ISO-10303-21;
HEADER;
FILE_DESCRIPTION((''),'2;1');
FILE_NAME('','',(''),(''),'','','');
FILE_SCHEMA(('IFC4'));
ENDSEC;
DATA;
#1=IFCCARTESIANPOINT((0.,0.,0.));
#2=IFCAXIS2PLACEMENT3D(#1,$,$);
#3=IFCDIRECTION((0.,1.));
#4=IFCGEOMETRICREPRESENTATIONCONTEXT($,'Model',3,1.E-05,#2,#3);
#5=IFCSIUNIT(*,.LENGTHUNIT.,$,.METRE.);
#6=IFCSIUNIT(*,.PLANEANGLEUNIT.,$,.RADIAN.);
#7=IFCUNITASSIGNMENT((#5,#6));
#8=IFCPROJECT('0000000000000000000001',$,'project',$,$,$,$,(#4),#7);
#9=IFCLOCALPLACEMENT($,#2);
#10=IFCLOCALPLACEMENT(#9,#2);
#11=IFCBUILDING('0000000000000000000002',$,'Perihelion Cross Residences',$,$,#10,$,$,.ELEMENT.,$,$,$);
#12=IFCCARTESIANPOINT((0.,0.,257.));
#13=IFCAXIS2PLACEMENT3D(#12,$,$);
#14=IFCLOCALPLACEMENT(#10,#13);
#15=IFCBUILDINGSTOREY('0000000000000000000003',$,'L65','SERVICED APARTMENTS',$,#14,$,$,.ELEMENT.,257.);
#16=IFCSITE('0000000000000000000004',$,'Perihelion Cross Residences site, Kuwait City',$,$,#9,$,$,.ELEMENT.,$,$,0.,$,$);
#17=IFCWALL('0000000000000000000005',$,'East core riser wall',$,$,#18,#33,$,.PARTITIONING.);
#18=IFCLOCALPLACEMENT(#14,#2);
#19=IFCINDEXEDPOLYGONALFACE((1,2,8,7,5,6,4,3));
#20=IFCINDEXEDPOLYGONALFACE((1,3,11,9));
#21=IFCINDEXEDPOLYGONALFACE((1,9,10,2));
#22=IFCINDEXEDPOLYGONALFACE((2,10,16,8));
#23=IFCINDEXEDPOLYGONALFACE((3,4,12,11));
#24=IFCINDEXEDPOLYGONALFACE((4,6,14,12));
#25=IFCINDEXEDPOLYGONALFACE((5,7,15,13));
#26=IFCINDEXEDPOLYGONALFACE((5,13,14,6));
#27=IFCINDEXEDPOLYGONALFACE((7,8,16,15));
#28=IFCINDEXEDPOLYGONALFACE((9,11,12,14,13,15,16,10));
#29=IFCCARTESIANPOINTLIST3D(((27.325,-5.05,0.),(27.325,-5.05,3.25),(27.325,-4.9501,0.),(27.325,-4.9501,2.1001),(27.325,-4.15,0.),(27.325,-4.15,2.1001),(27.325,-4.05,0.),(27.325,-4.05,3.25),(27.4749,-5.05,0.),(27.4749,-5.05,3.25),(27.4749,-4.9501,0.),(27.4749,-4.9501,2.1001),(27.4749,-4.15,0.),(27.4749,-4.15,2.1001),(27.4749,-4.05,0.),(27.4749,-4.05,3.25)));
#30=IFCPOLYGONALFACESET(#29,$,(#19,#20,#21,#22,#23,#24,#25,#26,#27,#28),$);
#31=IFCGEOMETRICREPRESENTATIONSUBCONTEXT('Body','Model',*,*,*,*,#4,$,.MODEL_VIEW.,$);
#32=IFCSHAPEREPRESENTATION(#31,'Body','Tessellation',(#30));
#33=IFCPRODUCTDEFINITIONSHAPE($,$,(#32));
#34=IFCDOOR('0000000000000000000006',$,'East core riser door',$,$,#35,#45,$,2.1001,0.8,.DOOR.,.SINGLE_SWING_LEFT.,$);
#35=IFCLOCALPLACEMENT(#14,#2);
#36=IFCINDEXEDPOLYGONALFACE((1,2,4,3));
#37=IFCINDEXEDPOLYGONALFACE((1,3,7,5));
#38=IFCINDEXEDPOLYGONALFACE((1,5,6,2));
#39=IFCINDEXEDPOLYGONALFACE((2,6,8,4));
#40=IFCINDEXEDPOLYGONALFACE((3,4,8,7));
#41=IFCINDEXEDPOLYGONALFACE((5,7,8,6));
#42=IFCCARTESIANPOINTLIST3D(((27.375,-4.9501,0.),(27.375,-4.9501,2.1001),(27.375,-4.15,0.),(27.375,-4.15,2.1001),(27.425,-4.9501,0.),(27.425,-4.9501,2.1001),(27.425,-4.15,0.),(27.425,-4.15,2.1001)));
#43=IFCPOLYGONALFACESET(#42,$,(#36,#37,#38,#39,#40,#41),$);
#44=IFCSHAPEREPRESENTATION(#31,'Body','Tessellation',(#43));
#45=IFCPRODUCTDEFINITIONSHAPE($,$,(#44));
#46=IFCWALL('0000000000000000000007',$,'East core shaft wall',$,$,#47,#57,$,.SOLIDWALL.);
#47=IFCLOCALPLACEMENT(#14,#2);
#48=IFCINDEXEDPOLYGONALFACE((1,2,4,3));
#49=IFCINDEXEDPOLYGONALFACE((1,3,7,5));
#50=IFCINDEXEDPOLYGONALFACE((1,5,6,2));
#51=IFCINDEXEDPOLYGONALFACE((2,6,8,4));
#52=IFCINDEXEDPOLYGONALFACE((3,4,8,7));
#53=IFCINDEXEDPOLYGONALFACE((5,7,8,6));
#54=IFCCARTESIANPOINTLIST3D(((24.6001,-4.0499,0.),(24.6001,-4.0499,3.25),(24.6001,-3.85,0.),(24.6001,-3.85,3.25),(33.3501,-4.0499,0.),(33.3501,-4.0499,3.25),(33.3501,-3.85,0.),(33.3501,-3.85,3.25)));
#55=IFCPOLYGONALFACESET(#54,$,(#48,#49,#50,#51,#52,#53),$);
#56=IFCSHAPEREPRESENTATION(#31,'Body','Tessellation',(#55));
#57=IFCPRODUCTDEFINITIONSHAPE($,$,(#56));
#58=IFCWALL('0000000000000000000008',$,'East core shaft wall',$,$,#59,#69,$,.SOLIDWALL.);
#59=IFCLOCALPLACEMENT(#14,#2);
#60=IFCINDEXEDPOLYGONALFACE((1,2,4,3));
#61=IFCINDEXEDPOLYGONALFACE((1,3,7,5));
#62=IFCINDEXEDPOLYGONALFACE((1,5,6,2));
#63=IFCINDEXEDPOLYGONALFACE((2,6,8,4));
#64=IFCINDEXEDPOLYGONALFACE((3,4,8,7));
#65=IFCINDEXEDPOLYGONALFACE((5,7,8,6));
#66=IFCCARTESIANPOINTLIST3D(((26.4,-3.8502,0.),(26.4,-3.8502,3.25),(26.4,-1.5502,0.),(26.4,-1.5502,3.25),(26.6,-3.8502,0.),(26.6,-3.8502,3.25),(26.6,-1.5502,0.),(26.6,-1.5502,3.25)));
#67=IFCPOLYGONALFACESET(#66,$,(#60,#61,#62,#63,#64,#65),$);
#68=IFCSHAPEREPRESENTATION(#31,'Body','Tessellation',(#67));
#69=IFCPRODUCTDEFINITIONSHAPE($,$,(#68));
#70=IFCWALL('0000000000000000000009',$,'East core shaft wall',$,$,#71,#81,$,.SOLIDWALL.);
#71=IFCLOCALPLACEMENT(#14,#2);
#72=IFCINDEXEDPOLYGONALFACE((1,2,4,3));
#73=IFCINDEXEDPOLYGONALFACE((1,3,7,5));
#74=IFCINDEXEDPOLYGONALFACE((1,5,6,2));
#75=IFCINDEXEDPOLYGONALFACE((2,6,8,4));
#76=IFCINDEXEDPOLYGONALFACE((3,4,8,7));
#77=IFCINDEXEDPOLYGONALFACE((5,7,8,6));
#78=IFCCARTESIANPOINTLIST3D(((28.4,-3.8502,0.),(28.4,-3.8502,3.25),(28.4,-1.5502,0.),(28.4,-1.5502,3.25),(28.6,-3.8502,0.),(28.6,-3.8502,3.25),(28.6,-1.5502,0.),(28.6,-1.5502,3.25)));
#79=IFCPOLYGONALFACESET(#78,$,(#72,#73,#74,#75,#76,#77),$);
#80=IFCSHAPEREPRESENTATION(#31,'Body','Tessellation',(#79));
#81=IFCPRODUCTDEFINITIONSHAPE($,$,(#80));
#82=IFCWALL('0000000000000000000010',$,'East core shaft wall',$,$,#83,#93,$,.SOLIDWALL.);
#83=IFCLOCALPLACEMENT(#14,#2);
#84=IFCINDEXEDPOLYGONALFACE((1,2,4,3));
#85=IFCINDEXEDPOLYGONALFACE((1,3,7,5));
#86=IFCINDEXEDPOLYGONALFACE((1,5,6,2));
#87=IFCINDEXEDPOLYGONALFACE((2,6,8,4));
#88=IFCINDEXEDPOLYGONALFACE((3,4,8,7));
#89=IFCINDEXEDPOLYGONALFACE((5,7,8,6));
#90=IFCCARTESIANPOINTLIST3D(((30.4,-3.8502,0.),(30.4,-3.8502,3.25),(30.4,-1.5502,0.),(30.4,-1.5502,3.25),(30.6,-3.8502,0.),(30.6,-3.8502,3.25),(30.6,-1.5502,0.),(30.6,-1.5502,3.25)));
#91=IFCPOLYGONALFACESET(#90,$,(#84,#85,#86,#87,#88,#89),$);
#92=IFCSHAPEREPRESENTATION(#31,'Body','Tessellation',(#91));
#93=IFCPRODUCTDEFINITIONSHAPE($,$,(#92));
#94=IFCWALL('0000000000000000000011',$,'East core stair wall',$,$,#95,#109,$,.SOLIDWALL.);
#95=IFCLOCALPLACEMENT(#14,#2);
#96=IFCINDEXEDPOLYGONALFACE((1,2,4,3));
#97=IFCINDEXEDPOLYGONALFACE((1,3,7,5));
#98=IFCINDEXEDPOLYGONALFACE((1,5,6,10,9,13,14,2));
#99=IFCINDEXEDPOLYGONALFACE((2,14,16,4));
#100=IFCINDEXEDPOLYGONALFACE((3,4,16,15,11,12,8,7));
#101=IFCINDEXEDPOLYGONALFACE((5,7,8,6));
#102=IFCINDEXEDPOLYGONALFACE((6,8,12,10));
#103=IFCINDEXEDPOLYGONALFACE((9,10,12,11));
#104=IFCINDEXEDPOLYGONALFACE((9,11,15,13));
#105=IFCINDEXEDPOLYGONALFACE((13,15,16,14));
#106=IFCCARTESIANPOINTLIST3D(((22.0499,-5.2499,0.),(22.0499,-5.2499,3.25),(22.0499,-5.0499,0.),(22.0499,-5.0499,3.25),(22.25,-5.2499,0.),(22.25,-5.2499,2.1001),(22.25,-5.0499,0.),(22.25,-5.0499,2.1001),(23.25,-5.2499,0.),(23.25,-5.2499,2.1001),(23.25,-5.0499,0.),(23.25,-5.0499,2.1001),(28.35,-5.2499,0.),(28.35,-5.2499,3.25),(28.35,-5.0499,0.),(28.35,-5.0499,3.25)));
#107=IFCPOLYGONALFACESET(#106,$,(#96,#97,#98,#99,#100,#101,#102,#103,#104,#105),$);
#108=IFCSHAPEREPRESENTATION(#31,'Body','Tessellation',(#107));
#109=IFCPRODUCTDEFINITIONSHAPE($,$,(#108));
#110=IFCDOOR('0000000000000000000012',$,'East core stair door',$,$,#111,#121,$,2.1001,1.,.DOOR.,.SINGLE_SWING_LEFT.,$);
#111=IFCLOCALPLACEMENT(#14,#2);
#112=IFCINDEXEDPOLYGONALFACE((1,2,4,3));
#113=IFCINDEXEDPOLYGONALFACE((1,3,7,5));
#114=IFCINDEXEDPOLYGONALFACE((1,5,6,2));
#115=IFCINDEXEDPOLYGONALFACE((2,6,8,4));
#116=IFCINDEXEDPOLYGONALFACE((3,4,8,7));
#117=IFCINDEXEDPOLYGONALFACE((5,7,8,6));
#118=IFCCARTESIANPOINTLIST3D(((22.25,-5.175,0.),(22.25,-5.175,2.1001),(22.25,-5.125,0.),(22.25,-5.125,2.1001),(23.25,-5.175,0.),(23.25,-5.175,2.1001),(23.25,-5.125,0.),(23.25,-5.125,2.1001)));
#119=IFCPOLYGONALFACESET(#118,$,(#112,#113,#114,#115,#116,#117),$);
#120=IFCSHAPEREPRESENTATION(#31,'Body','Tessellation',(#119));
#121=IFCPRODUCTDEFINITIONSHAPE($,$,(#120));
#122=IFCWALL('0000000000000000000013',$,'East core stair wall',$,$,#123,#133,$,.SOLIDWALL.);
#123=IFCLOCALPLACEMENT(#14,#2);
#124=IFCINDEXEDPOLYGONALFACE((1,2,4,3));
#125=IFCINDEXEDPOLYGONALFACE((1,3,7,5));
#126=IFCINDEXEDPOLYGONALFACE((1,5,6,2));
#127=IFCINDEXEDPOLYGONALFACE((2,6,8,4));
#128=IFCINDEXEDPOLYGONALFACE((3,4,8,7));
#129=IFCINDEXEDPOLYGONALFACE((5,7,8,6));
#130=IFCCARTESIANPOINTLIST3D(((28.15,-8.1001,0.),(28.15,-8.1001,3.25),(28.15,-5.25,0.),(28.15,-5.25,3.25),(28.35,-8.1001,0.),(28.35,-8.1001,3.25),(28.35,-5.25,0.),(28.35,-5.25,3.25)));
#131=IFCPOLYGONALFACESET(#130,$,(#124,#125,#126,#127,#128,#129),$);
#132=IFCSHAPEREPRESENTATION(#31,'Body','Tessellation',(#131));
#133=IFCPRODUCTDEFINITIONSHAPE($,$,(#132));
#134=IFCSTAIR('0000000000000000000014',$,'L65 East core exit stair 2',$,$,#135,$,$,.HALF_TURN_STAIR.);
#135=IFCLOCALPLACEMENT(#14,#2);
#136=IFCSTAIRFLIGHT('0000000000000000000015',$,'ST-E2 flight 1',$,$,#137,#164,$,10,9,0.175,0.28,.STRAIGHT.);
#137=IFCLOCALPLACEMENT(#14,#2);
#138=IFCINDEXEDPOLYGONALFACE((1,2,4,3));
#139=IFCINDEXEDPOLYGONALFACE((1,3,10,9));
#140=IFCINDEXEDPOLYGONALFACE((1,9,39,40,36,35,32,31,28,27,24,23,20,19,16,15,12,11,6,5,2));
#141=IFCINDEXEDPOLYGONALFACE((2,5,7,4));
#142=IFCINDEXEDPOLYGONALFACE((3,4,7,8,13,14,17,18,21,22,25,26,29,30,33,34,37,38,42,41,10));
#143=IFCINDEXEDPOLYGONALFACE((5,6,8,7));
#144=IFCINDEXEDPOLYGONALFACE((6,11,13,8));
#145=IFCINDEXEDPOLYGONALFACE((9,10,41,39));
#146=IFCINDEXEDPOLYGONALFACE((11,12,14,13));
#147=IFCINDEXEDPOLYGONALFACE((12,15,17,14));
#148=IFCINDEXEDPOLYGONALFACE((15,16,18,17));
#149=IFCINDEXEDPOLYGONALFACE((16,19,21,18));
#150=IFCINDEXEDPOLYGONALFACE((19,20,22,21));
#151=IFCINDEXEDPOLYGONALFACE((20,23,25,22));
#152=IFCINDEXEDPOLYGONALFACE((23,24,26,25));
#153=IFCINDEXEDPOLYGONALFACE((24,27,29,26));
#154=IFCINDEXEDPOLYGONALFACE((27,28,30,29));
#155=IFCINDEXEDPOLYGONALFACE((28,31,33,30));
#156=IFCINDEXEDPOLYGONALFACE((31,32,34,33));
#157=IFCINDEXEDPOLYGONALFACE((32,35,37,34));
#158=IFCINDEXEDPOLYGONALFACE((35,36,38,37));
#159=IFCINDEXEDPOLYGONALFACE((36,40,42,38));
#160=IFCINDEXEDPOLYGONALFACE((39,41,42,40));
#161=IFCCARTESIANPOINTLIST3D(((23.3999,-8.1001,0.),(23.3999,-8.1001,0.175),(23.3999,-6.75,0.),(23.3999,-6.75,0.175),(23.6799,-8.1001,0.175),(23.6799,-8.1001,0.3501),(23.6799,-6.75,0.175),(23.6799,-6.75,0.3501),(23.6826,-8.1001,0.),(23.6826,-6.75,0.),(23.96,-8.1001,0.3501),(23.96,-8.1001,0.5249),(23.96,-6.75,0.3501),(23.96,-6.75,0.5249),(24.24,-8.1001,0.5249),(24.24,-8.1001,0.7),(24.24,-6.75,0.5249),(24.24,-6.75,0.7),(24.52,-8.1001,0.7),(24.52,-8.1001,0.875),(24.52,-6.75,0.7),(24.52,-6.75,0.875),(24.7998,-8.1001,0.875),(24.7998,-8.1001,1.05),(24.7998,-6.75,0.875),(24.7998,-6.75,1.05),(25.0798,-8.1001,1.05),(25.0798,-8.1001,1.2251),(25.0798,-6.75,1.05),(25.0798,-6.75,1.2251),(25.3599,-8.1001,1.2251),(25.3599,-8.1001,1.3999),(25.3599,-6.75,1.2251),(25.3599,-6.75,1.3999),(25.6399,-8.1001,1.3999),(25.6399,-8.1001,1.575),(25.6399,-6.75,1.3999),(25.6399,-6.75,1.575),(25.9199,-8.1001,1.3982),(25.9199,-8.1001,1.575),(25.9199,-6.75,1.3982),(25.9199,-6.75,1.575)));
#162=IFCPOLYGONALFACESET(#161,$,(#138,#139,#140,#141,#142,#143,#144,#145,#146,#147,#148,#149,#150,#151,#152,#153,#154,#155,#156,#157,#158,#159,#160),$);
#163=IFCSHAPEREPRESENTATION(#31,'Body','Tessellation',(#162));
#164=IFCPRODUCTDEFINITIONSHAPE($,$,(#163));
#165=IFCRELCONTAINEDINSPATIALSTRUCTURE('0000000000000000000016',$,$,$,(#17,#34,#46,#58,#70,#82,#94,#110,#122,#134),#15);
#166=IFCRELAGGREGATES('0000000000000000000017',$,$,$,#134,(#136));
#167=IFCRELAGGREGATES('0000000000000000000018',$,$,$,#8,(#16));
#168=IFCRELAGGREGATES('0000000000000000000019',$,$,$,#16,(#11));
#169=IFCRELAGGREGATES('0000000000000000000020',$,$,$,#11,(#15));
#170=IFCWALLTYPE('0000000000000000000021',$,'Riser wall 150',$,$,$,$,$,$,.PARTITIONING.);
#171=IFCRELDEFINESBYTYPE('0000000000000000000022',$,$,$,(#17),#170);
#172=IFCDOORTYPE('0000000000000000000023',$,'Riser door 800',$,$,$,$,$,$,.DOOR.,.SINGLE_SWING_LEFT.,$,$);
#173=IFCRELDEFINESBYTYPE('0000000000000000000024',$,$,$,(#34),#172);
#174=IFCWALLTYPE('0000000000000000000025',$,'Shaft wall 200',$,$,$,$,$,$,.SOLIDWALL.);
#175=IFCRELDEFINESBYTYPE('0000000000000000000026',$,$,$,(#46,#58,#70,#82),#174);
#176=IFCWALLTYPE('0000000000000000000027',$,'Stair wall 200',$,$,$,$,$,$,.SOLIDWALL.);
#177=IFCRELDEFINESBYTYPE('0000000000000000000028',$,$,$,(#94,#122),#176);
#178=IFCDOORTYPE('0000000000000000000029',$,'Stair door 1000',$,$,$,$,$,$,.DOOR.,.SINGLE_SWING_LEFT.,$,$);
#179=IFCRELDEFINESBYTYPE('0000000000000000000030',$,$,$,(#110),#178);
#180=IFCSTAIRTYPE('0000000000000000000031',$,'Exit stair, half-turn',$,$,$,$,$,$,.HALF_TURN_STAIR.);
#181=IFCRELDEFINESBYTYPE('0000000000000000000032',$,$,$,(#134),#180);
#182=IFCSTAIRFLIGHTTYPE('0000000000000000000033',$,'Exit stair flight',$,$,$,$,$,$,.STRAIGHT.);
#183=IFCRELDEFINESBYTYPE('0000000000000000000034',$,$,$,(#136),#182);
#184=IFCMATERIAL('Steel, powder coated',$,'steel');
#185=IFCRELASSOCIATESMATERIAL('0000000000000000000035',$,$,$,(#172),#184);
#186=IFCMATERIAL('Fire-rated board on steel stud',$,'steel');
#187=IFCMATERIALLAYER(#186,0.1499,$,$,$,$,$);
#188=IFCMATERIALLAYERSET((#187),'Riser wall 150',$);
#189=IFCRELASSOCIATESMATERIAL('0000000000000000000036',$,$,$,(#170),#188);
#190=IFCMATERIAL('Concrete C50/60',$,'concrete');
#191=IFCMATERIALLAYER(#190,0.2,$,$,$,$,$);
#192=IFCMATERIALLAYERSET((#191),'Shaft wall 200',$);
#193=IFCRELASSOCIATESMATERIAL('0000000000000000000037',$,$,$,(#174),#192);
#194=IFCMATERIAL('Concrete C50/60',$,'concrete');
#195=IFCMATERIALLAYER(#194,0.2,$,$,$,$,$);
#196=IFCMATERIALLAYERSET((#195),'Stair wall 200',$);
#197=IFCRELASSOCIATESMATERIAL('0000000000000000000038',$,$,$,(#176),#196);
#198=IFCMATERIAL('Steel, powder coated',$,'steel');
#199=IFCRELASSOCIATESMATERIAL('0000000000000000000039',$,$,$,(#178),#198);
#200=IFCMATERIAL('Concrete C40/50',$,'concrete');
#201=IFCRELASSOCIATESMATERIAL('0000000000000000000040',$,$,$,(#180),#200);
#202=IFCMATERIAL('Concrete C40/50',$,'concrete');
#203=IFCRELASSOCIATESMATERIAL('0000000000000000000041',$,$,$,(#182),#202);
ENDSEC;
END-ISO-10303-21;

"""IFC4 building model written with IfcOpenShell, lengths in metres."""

from ifc_helpers import new_model, si_unit, direction, frame, frame_2d, origin, place, context, subcontext, project, spatial, polyline, rectangle, outline, extrude, material, layer, layer_set, type_object, element, fill, aggregate, save


model = new_model("IFC4")

# Units and contexts
model_context = context("Model", 3, precision=1e-05, world=origin(), true_north=direction((0.0, 1.0)))
body_context = subcontext(model_context, "Body", "Model", "MODEL_VIEW")
ifc_project = project(units=[si_unit("LENGTHUNIT", "METRE"), si_unit("PLANEANGLEUNIT", "RADIAN")], contexts=[model_context])

# Site, building, storey
site_placement = place(None, origin())
site = spatial("IfcSite", under=ifc_project, at=site_placement, Name="Perihelion Cross Residences site, Kuwait City", CompositionType="ELEMENT", RefElevation=0.0)
building_placement = place(site_placement, origin())
building = spatial("IfcBuilding", under=site, at=building_placement, Name="Perihelion Cross Residences", CompositionType="ELEMENT")
storey_placement = place(building_placement, frame((0.0, 0.0, 257.0)))
storey = spatial("IfcBuildingStorey", under=building, at=storey_placement, Name="L65", Description="SERVICED APARTMENTS", CompositionType="ELEMENT", Elevation=257.0)

# Shared definitions
ifc_material_1 = material(Name="Steel, powder coated", Category="steel")
door_type_1 = type_object("IfcDoorType", Name="Riser door 800", OperationType="SINGLE_SWING_LEFT", PredefinedType="DOOR", material=ifc_material_1)

# Wall, opening, door
ifc_material_2 = material(Name="Fire-rated board on steel stud", Category="steel")
ifc_layer_1 = layer(ifc_material_2, 0.1499)
ifc_layer_set_1 = layer_set([ifc_layer_1], Name="Riser wall 150")
wall_type_1 = type_object("IfcWallType", Name="Riser wall 150", PredefinedType="PARTITIONING", material=ifc_layer_set_1)
wall_1_placement = place(storey_placement, frame((27.3999, -5.05, 0.0), z_axis=(0.0, 0.0, 1.0), x_axis=(0.0, 1.0, 0.0)))
wall_1 = element("IfcWall", 1, at=wall_1_placement, inside=storey, type_object=wall_type_1, Name="East core riser wall", PredefinedType="PARTITIONING", context=body_context, shape_type="SweptSolid", body=[
    extrude(rectangle(XDim=1.0, YDim=0.1499, at=frame_2d((0.5, 0.0))), origin(), (0.0, 0.0, 1.0), 3.25),
])
opening_1_placement = place(wall_1_placement, frame((0.1001, 0.0, 0.0)))
opening_1 = element("IfcOpeningElement", 2, at=opening_1_placement, cuts=wall_1, PredefinedType="OPENING", context=body_context, shape_type="SweptSolid", body=[
    extrude(rectangle(XDim=0.8, YDim=2.1001, at=frame_2d((0.3999, 1.05))), frame((0.0, 0.085, 0.0), z_axis=(0.0, -1.0, 0.0), x_axis=(1.0, 0.0, 0.0)), (0.0, 0.0, 1.0), 0.1699),
])
door_1_placement = place(opening_1_placement, origin())
door_1 = element("IfcDoor", 3, at=door_1_placement, inside=storey, type_object=door_type_1, Name="East core riser door", OperationType="SINGLE_SWING_LEFT", OverallHeight=2.1001, OverallWidth=0.8, PredefinedType="DOOR", context=body_context, shape_type="SweptSolid", body=[
    extrude(rectangle(XDim=0.8, YDim=2.1001, at=frame_2d((0.3999, 1.05))), frame((0.0, 0.0249, 0.0), z_axis=(0.0, -1.0, 0.0), x_axis=(1.0, 0.0, 0.0)), (0.0, 0.0, 1.0), 0.05),
])
fill(opening_1, door_1)

# Walls
ifc_material_3 = material(Name="Concrete C50/60", Category="concrete")
ifc_layer_2 = layer(ifc_material_3, 0.2)
ifc_layer_set_2 = layer_set([ifc_layer_2], Name="Shaft wall 200")
wall_type_2 = type_object("IfcWallType", Name="Shaft wall 200", PredefinedType="SOLIDWALL", material=ifc_layer_set_2)
wall_2_placement = place(storey_placement, frame((24.6001, -3.95, 0.0), z_axis=(0.0, 0.0, 1.0), x_axis=(1.0, 0.0, 0.0)))
element("IfcWall", 4, at=wall_2_placement, inside=storey, type_object=wall_type_2, Name="East core shaft wall", PredefinedType="SOLIDWALL", context=body_context, shape_type="SweptSolid", body=[
    extrude(rectangle(XDim=8.75, YDim=0.2, at=frame_2d((4.375, 0.0))), origin(), (0.0, 0.0, 1.0), 3.25),
])
for number, where, z_axis, x_axis, name in (
    (5, (26.5, -3.8501, 0.0), (0.0, 0.0, 1.0), (0.0, 1.0, 0.0), "East core shaft wall"),
    (6, (28.5, -3.8501, 0.0), (0.0, 0.0, 1.0), (0.0, 1.0, 0.0), "East core shaft wall"),
    (7, (30.5, -3.8501, 0.0), (0.0, 0.0, 1.0), (0.0, 1.0, 0.0), "East core shaft wall"),
):
    element("IfcWall", number, at=place(storey_placement, frame(where, z_axis=z_axis, x_axis=x_axis)), inside=storey, type_object=wall_type_2, Name=name, PredefinedType="SOLIDWALL", context=body_context, shape_type="SweptSolid", body=[
        extrude(rectangle(XDim=2.3, YDim=0.2, at=frame_2d((1.1499, 0.0))), origin(), (0.0, 0.0, 1.0), 3.25),
    ])

# Wall, opening, door
ifc_material_4 = material(Name="Concrete C50/60", Category="concrete")
ifc_layer_3 = layer(ifc_material_4, 0.2)
ifc_layer_set_3 = layer_set([ifc_layer_3], Name="Stair wall 200")
wall_type_3 = type_object("IfcWallType", Name="Stair wall 200", PredefinedType="SOLIDWALL", material=ifc_layer_set_3)
wall_3_placement = place(storey_placement, frame((22.05, -5.1499, 0.0), z_axis=(0.0, 0.0, 1.0), x_axis=(1.0, 0.0, 0.0)))
wall_3 = element("IfcWall", 8, at=wall_3_placement, inside=storey, type_object=wall_type_3, Name="East core stair wall", PredefinedType="SOLIDWALL", context=body_context, shape_type="SweptSolid", body=[
    extrude(rectangle(XDim=6.3, YDim=0.2, at=frame_2d((3.1499, 0.0))), origin(), (0.0, 0.0, 1.0), 3.25),
])
opening_2_placement = place(wall_3_placement, frame((0.2, 0.0, 0.0)))
opening_2 = element("IfcOpeningElement", 9, at=opening_2_placement, cuts=wall_3, PredefinedType="OPENING", context=body_context, shape_type="SweptSolid", body=[
    extrude(rectangle(XDim=1.0, YDim=2.1001, at=frame_2d((0.5, 1.05))), frame((0.0, 0.1099, 0.0), z_axis=(0.0, -1.0, 0.0), x_axis=(1.0, 0.0, 0.0)), (0.0, 0.0, 1.0), 0.22),
])
ifc_material_5 = material(Name="Steel, powder coated", Category="steel")
door_type_2 = type_object("IfcDoorType", Name="Stair door 1000", OperationType="SINGLE_SWING_LEFT", PredefinedType="DOOR", material=ifc_material_5)
door_2_placement = place(opening_2_placement, origin())
door_2 = element("IfcDoor", 10, at=door_2_placement, inside=storey, type_object=door_type_2, Name="East core stair door", OperationType="SINGLE_SWING_LEFT", OverallHeight=2.1001, OverallWidth=1.0, PredefinedType="DOOR", context=body_context, shape_type="SweptSolid", body=[
    extrude(rectangle(XDim=1.0, YDim=2.1001, at=frame_2d((0.5, 1.05))), frame((0.0, 0.0249, 0.0), z_axis=(0.0, -1.0, 0.0), x_axis=(1.0, 0.0, 0.0)), (0.0, 0.0, 1.0), 0.05),
])
fill(opening_2, door_2)

# Wall
wall_4_placement = place(storey_placement, frame((28.25, -8.1001, 0.0), z_axis=(0.0, 0.0, 1.0), x_axis=(0.0, 1.0, 0.0)))
element("IfcWall", 11, at=wall_4_placement, inside=storey, type_object=wall_type_3, Name="East core stair wall", PredefinedType="SOLIDWALL", context=body_context, shape_type="SweptSolid", body=[
    extrude(rectangle(XDim=2.8501, YDim=0.2, at=frame_2d((1.425, 0.0))), origin(), (0.0, 0.0, 1.0), 3.25),
])

# Stair, stair flight
ifc_material_6 = material(Name="Concrete C40/50", Category="concrete")
stair_type = type_object("IfcStairType", Name="Exit stair, half-turn", PredefinedType="HALF_TURN_STAIR", material=ifc_material_6)
stair_placement = place(storey_placement, origin())
stair = element("IfcStair", 12, at=stair_placement, inside=storey, type_object=stair_type, Name="L65 East core exit stair 2", PredefinedType="HALF_TURN_STAIR")
ifc_material_7 = material(Name="Concrete C40/50", Category="concrete")
stair_flight_type = type_object("IfcStairFlightType", Name="Exit stair flight", PredefinedType="STRAIGHT", material=ifc_material_7)
stair_flight_1_placement = place(storey_placement, frame((23.3999, -7.425, 0.0), z_axis=(0.0, 0.0, 1.0), x_axis=(1.0, 0.0, 0.0)))
stair_flight_1 = element("IfcStairFlight", 13, at=stair_flight_1_placement, type_object=stair_flight_type, Name="ST-E2 flight 1", NumberOfRisers=10, NumberOfTreads=9, PredefinedType="STRAIGHT", RiserHeight=0.175, TreadLength=0.28, context=body_context, shape_type="SweptSolid", body=[
    extrude(outline(polyline([(0.0, 0.0), (0.0, 0.175), (0.28, 0.175), (0.28, 0.3501), (0.5601, 0.3501), (0.5601, 0.5249), (0.8401, 0.5249), (0.8401, 0.7), (1.1201, 0.7), (1.1201, 0.875), (1.3999, 0.875), (1.3999, 1.05), (1.6799, 1.05), (1.6799, 1.2251), (1.96, 1.2251), (1.96, 1.3999), (2.24, 1.3999), (2.24, 1.575), (2.52, 1.575), (2.52, 1.75), (2.52, 1.3982), (0.2827, 0.0), (0.0, 0.0)])), frame((0.0, 0.675, 0.0), z_axis=(0.0, -1.0, 0.0), x_axis=(1.0, 0.0, 0.0)), (0.0, 0.0, 1.0), 1.3501),
])
aggregate(stair, [stair_flight_1])

save(model, "model.ifc")
